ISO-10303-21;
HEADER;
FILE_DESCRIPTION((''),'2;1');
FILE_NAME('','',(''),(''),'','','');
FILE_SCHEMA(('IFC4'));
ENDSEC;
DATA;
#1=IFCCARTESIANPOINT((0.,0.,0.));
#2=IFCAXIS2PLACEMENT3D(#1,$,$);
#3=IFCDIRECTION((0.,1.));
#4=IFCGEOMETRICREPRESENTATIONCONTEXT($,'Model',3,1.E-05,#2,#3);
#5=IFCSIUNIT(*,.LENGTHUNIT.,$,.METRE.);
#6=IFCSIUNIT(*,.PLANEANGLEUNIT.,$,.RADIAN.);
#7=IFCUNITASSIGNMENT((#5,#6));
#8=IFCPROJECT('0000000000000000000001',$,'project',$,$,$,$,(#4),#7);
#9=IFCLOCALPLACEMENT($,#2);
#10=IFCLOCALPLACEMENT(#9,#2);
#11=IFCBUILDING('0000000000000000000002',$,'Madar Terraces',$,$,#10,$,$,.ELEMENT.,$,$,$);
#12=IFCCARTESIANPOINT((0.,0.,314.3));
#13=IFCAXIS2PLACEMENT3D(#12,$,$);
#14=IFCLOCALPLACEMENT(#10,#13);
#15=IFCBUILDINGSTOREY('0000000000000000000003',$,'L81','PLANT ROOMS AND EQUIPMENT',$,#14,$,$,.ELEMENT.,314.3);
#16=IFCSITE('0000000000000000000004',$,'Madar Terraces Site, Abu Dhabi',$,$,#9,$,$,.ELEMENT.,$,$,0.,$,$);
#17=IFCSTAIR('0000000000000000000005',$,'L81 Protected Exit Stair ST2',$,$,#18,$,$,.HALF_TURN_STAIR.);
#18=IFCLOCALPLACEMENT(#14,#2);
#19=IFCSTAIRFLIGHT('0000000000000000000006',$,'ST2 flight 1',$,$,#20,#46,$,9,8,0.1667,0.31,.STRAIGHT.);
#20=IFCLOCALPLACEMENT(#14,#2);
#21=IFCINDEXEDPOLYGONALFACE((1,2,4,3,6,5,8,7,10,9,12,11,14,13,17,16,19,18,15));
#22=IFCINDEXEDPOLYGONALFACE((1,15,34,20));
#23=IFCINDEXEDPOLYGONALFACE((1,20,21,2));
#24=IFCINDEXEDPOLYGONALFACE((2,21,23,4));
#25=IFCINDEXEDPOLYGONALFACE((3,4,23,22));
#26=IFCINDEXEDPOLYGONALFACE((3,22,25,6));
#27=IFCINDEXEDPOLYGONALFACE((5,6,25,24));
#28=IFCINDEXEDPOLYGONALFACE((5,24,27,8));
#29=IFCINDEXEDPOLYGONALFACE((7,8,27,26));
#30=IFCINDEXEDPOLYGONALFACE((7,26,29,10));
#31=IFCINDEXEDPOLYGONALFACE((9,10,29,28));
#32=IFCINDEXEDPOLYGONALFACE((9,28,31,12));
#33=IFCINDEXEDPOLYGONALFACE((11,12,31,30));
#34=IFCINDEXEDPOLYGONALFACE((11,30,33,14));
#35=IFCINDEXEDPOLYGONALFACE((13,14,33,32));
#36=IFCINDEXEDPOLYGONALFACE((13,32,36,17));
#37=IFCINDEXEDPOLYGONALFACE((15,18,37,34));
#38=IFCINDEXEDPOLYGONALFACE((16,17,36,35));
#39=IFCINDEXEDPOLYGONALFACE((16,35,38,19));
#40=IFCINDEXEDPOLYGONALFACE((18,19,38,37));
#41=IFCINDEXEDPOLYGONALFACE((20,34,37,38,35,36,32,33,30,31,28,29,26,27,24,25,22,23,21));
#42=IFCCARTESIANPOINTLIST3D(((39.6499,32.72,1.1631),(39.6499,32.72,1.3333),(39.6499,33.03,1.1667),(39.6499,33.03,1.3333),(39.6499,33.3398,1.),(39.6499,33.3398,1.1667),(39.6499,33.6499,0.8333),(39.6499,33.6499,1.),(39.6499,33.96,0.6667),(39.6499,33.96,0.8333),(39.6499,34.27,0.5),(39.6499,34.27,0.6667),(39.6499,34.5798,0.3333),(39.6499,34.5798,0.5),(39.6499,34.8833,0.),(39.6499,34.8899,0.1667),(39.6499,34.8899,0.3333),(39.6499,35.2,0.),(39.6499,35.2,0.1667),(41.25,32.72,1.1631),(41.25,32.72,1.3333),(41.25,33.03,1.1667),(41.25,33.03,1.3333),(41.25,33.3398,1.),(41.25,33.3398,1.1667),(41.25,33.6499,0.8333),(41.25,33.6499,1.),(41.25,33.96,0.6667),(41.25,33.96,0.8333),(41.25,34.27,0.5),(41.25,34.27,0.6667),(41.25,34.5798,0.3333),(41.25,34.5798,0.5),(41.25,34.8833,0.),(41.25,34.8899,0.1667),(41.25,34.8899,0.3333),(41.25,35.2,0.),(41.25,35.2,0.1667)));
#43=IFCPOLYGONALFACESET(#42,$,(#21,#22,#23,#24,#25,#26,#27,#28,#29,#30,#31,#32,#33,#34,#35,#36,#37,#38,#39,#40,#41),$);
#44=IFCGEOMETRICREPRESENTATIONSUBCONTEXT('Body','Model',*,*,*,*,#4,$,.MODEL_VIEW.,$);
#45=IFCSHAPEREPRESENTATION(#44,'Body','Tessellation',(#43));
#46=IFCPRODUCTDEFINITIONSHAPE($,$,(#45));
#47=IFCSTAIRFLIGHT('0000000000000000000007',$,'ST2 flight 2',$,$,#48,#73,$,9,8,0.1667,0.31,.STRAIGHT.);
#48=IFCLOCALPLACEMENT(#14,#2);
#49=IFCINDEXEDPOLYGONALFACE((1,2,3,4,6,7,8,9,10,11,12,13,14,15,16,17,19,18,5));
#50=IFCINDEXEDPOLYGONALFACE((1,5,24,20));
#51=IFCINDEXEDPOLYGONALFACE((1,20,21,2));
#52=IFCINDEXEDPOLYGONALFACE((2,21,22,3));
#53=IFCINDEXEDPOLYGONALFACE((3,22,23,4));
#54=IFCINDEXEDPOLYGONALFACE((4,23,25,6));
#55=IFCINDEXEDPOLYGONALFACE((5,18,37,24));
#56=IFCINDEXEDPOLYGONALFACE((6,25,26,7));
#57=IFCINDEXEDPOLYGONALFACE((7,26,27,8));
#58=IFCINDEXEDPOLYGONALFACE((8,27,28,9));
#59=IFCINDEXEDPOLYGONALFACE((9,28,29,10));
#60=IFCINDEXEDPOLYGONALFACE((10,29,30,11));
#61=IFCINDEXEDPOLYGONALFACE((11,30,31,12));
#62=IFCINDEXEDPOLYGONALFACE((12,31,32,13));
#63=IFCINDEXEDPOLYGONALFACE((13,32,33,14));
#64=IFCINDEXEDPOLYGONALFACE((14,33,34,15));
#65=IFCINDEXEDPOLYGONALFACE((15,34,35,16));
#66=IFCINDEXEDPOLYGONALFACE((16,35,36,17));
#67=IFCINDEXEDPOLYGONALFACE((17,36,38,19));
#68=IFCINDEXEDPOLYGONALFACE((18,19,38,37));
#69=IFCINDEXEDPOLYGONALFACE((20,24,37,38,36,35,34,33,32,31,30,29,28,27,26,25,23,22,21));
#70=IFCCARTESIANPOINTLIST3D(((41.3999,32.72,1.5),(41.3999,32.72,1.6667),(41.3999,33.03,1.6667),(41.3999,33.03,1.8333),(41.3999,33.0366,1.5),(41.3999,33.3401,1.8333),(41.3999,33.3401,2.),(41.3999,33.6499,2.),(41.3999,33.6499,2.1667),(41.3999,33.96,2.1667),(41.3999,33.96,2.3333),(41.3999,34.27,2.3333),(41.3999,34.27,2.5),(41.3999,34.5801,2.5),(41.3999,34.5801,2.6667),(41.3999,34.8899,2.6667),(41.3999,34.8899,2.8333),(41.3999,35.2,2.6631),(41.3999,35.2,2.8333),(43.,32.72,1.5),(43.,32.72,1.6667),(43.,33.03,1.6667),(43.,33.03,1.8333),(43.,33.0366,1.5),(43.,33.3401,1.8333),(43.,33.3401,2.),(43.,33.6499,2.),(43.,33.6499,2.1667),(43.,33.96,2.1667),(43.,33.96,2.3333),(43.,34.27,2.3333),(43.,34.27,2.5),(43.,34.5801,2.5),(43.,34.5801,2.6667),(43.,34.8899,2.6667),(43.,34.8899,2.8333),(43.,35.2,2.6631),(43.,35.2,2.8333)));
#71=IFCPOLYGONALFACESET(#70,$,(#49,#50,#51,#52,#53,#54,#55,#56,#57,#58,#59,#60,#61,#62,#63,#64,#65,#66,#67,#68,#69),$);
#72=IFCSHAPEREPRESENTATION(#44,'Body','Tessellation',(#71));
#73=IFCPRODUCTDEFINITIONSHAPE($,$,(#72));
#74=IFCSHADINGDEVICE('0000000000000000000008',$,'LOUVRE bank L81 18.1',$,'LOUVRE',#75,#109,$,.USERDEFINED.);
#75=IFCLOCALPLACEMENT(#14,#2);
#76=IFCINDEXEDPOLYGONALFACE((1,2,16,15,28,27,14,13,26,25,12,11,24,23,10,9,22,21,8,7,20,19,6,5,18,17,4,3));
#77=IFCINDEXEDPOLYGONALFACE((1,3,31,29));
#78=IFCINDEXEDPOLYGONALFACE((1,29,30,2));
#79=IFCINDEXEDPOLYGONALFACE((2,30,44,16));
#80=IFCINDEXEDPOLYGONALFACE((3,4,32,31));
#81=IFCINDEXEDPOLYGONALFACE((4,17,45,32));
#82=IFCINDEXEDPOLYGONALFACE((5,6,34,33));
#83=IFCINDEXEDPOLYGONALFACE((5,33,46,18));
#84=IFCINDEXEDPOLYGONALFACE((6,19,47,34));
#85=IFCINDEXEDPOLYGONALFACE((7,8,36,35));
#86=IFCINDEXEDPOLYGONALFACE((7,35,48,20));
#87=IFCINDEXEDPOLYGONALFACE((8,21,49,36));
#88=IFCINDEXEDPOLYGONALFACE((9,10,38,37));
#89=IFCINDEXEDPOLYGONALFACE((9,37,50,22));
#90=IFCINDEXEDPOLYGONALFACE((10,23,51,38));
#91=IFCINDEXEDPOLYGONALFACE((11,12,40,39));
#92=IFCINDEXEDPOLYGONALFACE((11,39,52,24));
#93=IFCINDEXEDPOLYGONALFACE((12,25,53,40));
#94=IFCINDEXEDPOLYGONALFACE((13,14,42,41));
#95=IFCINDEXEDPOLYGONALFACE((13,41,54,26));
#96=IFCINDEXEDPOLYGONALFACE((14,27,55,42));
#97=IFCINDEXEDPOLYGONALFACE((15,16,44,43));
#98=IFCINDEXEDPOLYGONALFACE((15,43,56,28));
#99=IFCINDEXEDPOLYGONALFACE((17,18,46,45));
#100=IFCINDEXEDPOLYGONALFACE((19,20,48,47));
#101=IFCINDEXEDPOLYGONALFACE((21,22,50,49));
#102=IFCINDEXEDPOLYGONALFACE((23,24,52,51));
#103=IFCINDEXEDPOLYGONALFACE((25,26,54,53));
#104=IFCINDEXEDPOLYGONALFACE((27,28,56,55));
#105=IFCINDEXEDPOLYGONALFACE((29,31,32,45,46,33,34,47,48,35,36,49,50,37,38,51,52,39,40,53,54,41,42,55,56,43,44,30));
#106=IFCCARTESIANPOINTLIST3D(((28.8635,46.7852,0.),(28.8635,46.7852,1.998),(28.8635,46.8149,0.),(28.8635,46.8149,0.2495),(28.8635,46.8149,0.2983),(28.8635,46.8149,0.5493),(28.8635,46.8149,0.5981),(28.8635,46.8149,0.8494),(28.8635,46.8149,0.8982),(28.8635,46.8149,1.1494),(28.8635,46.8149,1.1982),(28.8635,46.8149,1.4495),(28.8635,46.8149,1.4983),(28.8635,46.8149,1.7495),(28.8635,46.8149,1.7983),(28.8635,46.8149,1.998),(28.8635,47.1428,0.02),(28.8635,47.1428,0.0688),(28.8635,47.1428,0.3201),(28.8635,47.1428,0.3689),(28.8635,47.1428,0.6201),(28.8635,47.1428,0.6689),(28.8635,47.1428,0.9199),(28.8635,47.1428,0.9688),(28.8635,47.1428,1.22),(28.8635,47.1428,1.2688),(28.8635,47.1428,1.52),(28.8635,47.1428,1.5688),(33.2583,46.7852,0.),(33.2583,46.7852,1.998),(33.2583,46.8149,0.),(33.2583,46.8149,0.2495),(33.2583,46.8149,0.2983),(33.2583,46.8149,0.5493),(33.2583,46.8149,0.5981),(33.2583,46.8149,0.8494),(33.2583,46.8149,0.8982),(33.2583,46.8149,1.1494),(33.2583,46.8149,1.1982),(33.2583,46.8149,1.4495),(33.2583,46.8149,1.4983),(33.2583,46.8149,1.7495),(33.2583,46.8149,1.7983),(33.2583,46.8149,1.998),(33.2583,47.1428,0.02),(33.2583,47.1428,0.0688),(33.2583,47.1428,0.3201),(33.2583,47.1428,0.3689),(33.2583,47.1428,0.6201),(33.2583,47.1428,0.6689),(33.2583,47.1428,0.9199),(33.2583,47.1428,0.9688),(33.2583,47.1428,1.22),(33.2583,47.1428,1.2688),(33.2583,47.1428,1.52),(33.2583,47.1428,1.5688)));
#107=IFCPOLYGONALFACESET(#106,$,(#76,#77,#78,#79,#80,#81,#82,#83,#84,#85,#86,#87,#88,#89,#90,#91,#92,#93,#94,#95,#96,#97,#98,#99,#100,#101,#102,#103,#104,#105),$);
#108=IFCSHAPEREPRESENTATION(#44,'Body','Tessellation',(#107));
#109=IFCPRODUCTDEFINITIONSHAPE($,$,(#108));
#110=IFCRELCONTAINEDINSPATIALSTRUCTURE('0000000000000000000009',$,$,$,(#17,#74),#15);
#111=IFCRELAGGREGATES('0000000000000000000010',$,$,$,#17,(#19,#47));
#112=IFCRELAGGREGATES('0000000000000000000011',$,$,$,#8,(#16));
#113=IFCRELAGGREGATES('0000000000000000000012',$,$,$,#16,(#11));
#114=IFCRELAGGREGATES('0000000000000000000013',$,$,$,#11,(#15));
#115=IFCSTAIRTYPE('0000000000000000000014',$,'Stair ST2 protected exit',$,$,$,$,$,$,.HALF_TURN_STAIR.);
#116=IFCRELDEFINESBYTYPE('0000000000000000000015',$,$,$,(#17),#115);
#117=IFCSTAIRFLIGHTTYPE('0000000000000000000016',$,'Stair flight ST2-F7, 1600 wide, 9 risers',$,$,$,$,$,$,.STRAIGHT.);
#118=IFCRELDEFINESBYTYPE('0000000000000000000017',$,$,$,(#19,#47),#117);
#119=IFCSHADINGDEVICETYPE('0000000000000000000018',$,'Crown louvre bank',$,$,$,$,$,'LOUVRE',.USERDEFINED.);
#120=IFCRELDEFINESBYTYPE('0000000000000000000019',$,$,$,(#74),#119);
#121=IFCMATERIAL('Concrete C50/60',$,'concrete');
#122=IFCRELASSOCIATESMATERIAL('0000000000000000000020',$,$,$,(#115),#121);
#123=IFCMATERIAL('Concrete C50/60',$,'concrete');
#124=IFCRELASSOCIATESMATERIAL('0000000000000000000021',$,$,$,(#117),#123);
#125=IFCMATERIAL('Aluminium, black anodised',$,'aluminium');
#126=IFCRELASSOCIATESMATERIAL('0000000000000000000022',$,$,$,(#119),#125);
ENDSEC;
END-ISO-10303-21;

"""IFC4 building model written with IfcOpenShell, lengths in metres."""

from ifc_helpers import new_model, si_unit, direction, frame, origin, place, context, subcontext, project, spatial, polyline, outline, extrude, material, type_object, element, aggregate, save


model = new_model("IFC4")

# Units and contexts
model_context = context("Model", 3, precision=1e-05, world=origin(), true_north=direction((0.0, 1.0)))
body_context = subcontext(model_context, "Body", "Model", "MODEL_VIEW")
ifc_project = project(units=[si_unit("LENGTHUNIT", "METRE"), si_unit("PLANEANGLEUNIT", "RADIAN")], contexts=[model_context])

# Site, building, storey
site_placement = place(None, origin())
site = spatial("IfcSite", under=ifc_project, at=site_placement, Name="Madar Terraces Site, Abu Dhabi", CompositionType="ELEMENT", RefElevation=0.0)
building_placement = place(site_placement, origin())
building = spatial("IfcBuilding", under=site, at=building_placement, Name="Madar Terraces", CompositionType="ELEMENT")
storey_placement = place(building_placement, frame((0.0, 0.0, 314.3)))
storey = spatial("IfcBuildingStorey", under=building, at=storey_placement, Name="L81", Description="PLANT ROOMS AND EQUIPMENT", CompositionType="ELEMENT", Elevation=314.3)

# Stair, stair flights
ifc_material_1 = material(Name="Concrete C50/60", Category="concrete")
stair_type = type_object("IfcStairType", Name="Stair ST2 protected exit", PredefinedType="HALF_TURN_STAIR", material=ifc_material_1)
stair_placement = place(storey_placement, origin())
stair = element("IfcStair", 1, at=stair_placement, inside=storey, type_object=stair_type, Name="L81 Protected Exit Stair ST2", PredefinedType="HALF_TURN_STAIR")
ifc_material_2 = material(Name="Concrete C50/60", Category="concrete")
stair_flight_type = type_object("IfcStairFlightType", Name="Stair flight ST2-F7, 1600 wide, 9 risers", PredefinedType="STRAIGHT", material=ifc_material_2)
stair_flight_1_placement = place(storey_placement, frame((40.45, 35.2, 0.0), z_axis=(0.0, 0.0, 1.0), x_axis=(0.0, -1.0, 0.0)))
stair_flight_1 = element("IfcStairFlight", 2, at=stair_flight_1_placement, type_object=stair_flight_type, Name="ST2 flight 1", NumberOfRisers=9, NumberOfTreads=8, PredefinedType="STRAIGHT", RiserHeight=0.1667, TreadLength=0.31, context=body_context, shape_type="SweptSolid", body=[
    extrude(outline(polyline([(0.0, 0.0), (0.0, 0.1667), (0.3101, 0.1667), (0.3101, 0.3333), (0.6201, 0.3333), (0.6201, 0.5), (0.9299, 0.5), (0.9299, 0.6667), (1.24, 0.6667), (1.24, 0.8333), (1.55, 0.8333), (1.55, 1.0), (1.8601, 1.0), (1.8601, 1.1667), (2.1699, 1.1667), (2.1699, 1.3333), (2.48, 1.3333), (2.48, 1.5), (2.48, 1.1631), (0.3167, 0.0), (0.0, 0.0)])), frame((0.0, 0.8, 0.0), z_axis=(0.0, -1.0, 0.0), x_axis=(1.0, 0.0, 0.0)), (0.0, 0.0, 1.0), 1.6001),
])
stair_flight_2_placement = place(storey_placement, frame((42.2, 32.72, 1.5), z_axis=(0.0, 0.0, 1.0), x_axis=(0.0, 1.0, 0.0)))
stair_flight_2 = element("IfcStairFlight", 3, at=stair_flight_2_placement, type_object=stair_flight_type, Name="ST2 flight 2", NumberOfRisers=9, NumberOfTreads=8, PredefinedType="STRAIGHT", RiserHeight=0.1667, TreadLength=0.31, context=body_context, shape_type="SweptSolid", body=[
    extrude(outline(polyline([(0.0, 0.0), (0.0, 0.1667), (0.3101, 0.1667), (0.3101, 0.3333), (0.6201, 0.3333), (0.6201, 0.5), (0.9299, 0.5), (0.9299, 0.6667), (1.24, 0.6667), (1.24, 0.8333), (1.55, 0.8333), (1.55, 1.0), (1.8601, 1.0), (1.8601, 1.1667), (2.1699, 1.1667), (2.1699, 1.3333), (2.48, 1.3333), (2.48, 1.5), (2.48, 1.1631), (0.3167, 0.0), (0.0, 0.0)])), frame((0.0, 0.8, 0.0), z_axis=(0.0, -1.0, 0.0), x_axis=(1.0, 0.0, 0.0)), (0.0, 0.0, 1.0), 1.6001),
])
aggregate(stair, [stair_flight_1, stair_flight_2])

# Shading device
ifc_material_3 = material(Name="Aluminium, black anodised", Category="aluminium")
shading_device_type = type_object("IfcShadingDeviceType", Name="Crown louvre bank", ElementType="LOUVRE", PredefinedType="USERDEFINED", material=ifc_material_3)
shading_device_1_placement = place(storey_placement, frame((33.2583, 46.8, 0.0), z_axis=(-1.0, 0.0, 0.0), x_axis=(0.0, -1.0, 0.0)))
element("IfcShadingDevice", 4, at=shading_device_1_placement, inside=storey, type_object=shading_device_type, Name="LOUVRE bank L81 18.1", ObjectType="LOUVRE", PredefinedType="USERDEFINED", context=body_context, shape_type="SweptSolid", body=[
    extrude(outline(polyline([(0.0149, 0.0), (-0.0149, 0.0), (-0.0149, 0.2495), (-0.3428, 0.02), (-0.3428, 0.0688), (-0.0149, 0.2983), (-0.0149, 0.5493), (-0.3428, 0.3201), (-0.3428, 0.3689), (-0.0149, 0.5981), (-0.0149, 0.8494), (-0.3428, 0.6201), (-0.3428, 0.6689), (-0.0149, 0.8982), (-0.0149, 1.1494), (-0.3428, 0.9199), (-0.3428, 0.9688), (-0.0149, 1.1982), (-0.0149, 1.4495), (-0.3428, 1.22), (-0.3428, 1.2688), (-0.0149, 1.4983), (-0.0149, 1.7495), (-0.3428, 1.52), (-0.3428, 1.5688), (-0.0149, 1.7983), (-0.0149, 1.998), (0.0149, 1.998), (0.0149, 0.0)])), origin(), (0.0, 0.0, 1.0), 4.3948),
])

save(model, "model.ifc")
